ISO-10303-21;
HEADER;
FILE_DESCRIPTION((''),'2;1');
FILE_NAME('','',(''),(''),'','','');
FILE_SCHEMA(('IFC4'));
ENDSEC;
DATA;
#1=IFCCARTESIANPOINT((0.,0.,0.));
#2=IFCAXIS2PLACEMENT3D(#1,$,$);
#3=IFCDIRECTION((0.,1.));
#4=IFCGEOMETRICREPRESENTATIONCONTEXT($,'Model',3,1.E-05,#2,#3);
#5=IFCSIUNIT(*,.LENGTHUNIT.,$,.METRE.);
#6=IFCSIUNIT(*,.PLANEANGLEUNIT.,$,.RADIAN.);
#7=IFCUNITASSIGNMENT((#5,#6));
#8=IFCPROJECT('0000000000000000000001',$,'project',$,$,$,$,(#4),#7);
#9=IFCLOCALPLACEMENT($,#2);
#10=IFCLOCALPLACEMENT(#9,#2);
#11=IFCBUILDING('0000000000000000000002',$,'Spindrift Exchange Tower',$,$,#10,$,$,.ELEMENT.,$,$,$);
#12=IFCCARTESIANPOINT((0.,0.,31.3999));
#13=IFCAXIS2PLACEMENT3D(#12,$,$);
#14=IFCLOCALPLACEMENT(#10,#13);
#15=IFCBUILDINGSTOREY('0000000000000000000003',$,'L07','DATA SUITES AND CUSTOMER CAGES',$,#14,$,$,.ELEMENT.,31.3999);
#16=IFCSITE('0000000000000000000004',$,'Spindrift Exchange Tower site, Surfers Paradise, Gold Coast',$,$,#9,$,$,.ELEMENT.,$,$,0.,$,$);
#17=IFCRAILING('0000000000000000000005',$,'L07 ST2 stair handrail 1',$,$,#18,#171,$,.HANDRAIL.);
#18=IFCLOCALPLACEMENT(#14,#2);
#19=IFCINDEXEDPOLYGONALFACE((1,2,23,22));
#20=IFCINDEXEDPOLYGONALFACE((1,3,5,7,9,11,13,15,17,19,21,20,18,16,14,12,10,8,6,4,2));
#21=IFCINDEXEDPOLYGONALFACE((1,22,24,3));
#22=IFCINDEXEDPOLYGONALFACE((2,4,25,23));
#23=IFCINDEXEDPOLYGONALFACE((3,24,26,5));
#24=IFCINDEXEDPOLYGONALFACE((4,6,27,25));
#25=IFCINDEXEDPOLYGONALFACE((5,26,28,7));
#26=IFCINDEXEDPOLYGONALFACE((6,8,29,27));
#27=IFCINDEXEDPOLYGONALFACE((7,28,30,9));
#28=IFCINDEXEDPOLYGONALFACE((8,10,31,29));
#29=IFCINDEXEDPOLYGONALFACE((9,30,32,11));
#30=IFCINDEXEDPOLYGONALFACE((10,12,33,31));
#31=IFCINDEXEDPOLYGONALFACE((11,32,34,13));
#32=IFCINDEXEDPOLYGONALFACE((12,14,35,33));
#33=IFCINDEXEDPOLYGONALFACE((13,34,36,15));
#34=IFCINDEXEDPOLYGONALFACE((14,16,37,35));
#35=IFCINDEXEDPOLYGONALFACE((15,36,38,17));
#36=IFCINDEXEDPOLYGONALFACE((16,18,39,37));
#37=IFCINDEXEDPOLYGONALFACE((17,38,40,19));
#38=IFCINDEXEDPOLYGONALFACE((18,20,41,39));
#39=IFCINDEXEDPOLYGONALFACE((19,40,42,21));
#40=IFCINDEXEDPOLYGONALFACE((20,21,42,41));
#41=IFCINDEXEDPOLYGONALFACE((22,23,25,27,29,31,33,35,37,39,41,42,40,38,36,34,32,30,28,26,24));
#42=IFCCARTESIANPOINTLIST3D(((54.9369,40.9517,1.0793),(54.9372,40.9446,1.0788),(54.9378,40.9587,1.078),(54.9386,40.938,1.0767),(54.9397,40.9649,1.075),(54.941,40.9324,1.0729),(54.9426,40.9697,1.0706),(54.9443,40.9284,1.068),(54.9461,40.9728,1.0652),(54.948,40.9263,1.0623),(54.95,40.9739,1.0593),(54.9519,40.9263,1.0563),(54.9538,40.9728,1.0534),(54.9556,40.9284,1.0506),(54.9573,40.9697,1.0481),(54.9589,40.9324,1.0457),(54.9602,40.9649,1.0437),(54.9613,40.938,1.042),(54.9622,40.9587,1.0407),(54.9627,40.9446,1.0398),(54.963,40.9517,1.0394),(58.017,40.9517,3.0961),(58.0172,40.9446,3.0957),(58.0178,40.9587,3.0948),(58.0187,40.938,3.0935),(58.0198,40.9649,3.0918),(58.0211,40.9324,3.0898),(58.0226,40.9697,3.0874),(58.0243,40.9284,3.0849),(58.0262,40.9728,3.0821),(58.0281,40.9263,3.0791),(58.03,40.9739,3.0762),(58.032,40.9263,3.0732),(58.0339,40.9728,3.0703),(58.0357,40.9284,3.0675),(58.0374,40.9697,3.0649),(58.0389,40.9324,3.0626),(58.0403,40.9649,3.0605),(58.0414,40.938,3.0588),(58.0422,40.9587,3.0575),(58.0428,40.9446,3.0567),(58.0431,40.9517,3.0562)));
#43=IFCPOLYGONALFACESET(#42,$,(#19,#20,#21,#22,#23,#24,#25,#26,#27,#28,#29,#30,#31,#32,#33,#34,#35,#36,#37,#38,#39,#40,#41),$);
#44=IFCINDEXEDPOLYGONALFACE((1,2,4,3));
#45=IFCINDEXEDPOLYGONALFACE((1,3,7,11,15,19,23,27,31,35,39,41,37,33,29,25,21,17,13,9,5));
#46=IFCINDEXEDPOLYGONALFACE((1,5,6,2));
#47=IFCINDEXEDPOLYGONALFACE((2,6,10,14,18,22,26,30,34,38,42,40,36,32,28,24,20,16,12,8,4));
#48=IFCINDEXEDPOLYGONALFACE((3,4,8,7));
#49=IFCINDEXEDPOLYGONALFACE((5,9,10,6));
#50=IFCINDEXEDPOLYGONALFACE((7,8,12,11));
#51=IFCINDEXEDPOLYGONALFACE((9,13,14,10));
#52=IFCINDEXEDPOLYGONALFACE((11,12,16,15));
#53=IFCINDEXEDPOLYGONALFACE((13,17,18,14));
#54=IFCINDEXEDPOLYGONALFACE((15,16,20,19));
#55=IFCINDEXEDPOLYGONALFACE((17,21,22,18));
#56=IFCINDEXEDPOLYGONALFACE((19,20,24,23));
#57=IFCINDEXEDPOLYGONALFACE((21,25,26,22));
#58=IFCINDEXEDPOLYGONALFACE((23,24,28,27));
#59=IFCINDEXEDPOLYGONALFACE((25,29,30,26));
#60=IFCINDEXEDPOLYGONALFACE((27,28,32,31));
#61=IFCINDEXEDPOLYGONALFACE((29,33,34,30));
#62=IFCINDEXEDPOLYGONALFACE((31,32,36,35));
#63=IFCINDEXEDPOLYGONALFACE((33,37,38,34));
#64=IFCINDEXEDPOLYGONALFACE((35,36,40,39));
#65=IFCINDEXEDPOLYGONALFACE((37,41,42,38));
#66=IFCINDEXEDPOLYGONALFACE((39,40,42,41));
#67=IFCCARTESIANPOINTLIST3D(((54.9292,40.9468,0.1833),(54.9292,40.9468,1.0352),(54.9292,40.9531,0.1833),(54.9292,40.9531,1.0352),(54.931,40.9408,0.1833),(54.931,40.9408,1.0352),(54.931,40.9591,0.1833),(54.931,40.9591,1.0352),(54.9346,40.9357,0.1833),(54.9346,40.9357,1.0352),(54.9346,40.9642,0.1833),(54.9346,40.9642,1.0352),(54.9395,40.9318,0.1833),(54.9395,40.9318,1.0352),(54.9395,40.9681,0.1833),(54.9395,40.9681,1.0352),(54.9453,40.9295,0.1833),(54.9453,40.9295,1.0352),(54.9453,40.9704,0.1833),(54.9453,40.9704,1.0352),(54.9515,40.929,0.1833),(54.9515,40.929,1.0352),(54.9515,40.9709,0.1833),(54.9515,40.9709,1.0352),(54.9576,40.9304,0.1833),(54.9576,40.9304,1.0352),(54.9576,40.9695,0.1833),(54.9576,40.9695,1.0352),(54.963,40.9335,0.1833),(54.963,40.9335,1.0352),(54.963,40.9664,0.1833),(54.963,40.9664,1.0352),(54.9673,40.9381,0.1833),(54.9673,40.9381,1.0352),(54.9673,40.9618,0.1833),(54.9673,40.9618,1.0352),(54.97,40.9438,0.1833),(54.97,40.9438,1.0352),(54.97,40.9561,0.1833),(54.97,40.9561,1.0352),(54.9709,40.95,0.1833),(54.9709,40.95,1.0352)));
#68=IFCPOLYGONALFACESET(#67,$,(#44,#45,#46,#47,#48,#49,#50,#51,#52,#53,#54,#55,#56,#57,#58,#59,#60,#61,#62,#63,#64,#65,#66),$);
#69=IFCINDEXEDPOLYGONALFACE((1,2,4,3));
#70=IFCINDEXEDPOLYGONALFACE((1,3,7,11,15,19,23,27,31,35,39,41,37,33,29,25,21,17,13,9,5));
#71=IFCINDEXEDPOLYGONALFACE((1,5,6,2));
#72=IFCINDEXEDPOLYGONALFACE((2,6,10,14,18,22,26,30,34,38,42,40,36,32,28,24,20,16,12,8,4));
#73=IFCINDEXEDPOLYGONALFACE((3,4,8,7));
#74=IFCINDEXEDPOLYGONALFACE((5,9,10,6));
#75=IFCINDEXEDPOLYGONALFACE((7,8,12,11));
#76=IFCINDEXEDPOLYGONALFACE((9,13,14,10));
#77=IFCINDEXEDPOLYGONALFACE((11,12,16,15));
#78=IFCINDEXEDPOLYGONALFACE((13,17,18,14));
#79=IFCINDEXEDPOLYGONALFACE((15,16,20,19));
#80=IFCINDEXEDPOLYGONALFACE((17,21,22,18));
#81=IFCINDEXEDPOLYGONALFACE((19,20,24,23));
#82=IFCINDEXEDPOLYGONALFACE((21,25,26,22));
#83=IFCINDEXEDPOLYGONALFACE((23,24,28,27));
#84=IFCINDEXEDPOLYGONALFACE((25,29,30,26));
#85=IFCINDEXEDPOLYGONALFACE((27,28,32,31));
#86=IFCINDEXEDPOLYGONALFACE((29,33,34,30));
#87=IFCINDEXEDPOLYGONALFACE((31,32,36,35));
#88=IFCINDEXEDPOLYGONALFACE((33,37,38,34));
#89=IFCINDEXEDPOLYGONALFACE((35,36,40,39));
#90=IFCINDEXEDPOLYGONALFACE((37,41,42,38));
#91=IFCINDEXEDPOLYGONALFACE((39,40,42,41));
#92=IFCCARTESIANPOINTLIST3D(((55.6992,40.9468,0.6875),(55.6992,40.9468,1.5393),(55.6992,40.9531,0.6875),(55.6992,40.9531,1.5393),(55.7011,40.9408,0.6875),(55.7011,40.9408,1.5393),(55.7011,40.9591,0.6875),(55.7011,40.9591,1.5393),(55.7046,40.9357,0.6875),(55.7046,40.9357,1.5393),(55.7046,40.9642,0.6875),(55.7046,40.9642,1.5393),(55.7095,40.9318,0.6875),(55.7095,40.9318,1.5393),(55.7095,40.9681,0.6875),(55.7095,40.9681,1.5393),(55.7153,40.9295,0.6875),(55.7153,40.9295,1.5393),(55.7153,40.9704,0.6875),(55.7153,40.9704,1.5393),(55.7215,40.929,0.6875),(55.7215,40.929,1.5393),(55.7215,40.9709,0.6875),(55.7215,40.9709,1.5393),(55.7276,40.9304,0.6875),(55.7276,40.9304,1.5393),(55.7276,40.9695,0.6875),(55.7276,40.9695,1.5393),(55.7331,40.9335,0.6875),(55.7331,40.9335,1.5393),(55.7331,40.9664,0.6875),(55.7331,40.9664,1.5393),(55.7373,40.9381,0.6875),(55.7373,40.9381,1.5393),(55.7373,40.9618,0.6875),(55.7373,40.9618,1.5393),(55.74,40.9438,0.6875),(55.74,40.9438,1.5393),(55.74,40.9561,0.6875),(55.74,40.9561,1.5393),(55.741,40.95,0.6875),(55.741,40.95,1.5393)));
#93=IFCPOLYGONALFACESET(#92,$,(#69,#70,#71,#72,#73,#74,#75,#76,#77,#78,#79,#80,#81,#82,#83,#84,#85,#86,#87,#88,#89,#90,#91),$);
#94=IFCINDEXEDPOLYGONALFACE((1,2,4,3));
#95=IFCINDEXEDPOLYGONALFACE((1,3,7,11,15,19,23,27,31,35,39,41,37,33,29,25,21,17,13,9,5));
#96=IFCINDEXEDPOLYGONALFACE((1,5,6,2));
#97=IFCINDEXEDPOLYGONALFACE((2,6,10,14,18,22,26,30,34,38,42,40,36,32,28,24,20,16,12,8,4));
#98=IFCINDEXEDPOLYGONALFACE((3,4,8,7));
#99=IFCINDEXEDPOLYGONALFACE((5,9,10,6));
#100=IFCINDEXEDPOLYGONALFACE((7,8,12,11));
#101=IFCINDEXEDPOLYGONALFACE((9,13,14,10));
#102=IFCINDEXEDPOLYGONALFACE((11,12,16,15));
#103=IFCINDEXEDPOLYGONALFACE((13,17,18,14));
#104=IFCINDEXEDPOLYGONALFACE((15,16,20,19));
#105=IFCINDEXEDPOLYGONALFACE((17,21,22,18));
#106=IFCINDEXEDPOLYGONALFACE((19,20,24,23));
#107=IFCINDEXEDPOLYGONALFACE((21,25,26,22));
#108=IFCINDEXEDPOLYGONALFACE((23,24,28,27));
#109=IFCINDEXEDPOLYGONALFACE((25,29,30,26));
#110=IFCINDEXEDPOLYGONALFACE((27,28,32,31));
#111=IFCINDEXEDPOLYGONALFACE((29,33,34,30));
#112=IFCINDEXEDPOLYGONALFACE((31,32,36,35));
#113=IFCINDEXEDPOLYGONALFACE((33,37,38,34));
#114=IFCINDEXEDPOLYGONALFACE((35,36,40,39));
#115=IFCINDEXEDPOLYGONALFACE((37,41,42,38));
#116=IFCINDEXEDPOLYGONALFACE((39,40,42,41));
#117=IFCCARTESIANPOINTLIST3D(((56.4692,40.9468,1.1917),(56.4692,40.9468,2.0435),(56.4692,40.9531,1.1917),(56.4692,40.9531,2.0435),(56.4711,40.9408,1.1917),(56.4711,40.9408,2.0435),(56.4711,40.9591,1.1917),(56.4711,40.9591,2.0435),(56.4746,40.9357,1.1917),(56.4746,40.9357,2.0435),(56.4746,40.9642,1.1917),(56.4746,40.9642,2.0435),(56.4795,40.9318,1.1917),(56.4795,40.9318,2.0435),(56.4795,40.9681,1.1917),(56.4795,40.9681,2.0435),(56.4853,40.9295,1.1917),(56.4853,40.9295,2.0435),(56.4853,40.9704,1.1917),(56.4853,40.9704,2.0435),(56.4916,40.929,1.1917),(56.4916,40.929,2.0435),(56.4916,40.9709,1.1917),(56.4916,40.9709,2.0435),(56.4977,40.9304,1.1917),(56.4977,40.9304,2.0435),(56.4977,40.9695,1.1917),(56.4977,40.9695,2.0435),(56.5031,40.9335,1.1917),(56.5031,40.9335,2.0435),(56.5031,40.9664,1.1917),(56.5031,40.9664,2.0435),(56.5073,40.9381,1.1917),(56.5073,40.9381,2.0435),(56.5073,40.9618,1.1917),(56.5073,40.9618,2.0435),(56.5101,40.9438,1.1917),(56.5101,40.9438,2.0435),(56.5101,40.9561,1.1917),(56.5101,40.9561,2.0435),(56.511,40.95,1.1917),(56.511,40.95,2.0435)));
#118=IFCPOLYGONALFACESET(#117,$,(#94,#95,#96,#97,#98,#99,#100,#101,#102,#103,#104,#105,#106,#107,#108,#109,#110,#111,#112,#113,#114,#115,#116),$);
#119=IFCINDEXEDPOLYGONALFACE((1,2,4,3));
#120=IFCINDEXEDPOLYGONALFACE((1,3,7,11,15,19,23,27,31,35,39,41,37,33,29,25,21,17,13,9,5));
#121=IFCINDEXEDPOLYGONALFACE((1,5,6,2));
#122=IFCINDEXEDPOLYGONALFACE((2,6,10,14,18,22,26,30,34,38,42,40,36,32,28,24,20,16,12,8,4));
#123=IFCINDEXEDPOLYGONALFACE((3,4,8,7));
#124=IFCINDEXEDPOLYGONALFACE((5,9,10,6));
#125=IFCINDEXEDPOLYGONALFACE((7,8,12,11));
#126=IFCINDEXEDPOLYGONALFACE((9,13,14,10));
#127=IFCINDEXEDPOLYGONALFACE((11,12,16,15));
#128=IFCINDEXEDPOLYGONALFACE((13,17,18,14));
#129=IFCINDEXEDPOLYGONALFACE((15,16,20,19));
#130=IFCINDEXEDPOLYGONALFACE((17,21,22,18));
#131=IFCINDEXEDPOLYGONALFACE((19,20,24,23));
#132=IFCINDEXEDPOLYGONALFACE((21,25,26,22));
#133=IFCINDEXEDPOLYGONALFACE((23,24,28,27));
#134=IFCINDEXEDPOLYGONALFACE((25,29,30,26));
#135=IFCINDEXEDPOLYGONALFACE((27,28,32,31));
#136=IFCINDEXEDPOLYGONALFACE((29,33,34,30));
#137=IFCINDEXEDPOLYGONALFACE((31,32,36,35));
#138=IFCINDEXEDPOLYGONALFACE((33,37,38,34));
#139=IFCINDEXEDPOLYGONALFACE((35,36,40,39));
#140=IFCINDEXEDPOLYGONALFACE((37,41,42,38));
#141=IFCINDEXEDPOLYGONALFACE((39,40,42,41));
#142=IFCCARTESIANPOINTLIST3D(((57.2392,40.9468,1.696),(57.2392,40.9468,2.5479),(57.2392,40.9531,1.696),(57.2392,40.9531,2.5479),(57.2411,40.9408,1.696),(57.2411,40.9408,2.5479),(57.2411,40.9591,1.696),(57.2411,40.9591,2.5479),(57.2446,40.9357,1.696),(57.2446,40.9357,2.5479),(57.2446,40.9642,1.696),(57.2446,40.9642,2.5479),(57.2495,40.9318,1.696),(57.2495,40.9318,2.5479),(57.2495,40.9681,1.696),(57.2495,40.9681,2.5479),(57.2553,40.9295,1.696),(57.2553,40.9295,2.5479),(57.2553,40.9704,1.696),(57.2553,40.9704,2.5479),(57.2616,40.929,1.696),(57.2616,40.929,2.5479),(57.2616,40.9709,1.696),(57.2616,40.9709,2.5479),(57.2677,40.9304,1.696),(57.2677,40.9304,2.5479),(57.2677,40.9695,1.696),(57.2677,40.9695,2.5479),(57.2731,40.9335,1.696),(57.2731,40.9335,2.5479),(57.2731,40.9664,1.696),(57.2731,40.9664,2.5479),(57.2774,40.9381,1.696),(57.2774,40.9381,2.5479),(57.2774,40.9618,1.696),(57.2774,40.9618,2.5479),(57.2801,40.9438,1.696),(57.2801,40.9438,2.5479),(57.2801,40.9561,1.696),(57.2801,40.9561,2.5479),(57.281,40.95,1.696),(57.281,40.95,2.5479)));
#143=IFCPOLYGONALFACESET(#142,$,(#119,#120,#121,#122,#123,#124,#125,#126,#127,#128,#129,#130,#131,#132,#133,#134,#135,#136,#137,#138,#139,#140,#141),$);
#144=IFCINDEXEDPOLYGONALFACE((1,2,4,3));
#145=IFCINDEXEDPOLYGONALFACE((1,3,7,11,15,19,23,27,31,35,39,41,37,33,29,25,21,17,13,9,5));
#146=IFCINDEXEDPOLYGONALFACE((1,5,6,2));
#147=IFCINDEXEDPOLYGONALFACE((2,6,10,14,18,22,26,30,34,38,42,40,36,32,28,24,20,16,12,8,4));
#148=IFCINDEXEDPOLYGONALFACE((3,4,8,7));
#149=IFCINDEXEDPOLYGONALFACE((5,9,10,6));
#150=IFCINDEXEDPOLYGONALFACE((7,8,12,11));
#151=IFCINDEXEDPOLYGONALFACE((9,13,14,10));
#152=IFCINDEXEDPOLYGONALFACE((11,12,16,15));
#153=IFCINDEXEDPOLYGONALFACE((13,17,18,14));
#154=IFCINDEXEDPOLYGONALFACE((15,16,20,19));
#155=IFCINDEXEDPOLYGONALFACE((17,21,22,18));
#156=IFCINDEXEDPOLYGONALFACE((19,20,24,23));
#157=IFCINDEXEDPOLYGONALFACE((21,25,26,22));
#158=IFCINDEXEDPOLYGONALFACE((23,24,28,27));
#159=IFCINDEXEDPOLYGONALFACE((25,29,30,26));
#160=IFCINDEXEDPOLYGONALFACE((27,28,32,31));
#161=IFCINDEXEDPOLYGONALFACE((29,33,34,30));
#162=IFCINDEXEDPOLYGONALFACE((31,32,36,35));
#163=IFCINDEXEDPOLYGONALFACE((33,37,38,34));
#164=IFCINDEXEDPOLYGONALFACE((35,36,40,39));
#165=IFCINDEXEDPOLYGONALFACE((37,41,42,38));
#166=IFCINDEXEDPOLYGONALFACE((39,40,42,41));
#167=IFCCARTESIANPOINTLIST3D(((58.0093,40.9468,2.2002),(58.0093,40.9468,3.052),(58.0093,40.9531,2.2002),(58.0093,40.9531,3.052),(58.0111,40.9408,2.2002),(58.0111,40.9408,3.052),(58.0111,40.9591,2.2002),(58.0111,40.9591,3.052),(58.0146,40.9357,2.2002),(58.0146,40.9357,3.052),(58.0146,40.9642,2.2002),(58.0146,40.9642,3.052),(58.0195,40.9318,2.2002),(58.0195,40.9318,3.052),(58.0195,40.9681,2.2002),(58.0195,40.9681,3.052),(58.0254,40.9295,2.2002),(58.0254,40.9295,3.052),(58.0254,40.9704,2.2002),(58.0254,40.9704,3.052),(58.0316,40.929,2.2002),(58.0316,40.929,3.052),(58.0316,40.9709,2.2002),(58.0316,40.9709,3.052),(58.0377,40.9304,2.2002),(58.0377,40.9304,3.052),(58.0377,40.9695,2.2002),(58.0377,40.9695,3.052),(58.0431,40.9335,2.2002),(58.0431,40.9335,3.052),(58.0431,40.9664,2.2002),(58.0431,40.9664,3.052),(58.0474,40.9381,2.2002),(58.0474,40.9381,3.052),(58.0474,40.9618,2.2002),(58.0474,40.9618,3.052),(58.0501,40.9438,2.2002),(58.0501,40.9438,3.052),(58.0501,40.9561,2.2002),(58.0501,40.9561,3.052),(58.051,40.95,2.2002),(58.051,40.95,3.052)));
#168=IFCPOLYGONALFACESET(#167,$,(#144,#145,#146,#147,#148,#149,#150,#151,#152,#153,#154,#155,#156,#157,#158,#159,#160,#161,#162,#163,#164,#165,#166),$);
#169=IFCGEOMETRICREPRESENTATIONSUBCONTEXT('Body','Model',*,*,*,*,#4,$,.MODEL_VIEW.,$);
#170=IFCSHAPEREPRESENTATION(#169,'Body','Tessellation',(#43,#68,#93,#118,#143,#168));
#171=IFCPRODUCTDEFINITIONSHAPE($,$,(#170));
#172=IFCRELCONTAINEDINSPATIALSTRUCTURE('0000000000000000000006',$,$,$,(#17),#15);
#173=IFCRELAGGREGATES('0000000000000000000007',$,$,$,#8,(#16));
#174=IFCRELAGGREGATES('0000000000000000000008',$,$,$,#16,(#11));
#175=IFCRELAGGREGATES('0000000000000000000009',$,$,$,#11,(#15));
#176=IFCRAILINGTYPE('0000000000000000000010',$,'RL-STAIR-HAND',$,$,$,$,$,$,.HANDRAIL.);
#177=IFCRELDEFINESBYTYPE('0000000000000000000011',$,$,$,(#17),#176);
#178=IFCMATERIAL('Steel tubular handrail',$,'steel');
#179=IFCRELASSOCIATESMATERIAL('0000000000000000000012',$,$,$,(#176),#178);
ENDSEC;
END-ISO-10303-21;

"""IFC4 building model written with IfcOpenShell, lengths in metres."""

from ifc_helpers import new_model, si_unit, direction, frame, origin, origin_2d, place, context, subcontext, project, spatial, circle, extrude, material, type_object, element, save


model = new_model("IFC4")

# Units and contexts
model_context = context("Model", 3, precision=1e-05, world=origin(), true_north=direction((0.0, 1.0)))
body_context = subcontext(model_context, "Body", "Model", "MODEL_VIEW")
ifc_project = project(units=[si_unit("LENGTHUNIT", "METRE"), si_unit("PLANEANGLEUNIT", "RADIAN")], contexts=[model_context])

# Site, building, storey
site_placement = place(None, origin())
site = spatial("IfcSite", under=ifc_project, at=site_placement, Name="Spindrift Exchange Tower site, Surfers Paradise, Gold Coast", CompositionType="ELEMENT", RefElevation=0.0)
building_placement = place(site_placement, origin())
building = spatial("IfcBuilding", under=site, at=building_placement, Name="Spindrift Exchange Tower", CompositionType="ELEMENT")
storey_placement = place(building_placement, frame((0.0, 0.0, 31.3999)))
storey = spatial("IfcBuildingStorey", under=building, at=storey_placement, Name="L07", Description="DATA SUITES AND CUSTOMER CAGES", CompositionType="ELEMENT", Elevation=31.3999)

# Railing
ifc_material_1 = material(Name="Steel tubular handrail", Category="steel")
railing_type_1 = type_object("IfcRailingType", Name="RL-STAIR-HAND", PredefinedType="HANDRAIL", material=ifc_material_1)
railing_1_placement = place(storey_placement, frame((54.95, 40.95, 0.1833)))
element("IfcRailing", 1, at=railing_1_placement, inside=storey, type_object=railing_type_1, Name="L07 ST2 stair handrail 1", PredefinedType="HANDRAIL", context=body_context, shape_type="SweptSolid", body=[
    extrude(circle(Radius=0.0239, at=origin_2d()), frame((0.0, 0.0, 0.876), z_axis=(0.836603, 0.0, 0.54781), x_axis=(0.0, 1.0, 0.0)), (0.0, 0.0, 1.0), 3.6816),
    extrude(circle(Radius=0.021, at=origin_2d()), origin(), (0.0, 0.0, 1.0), 0.8518),
    extrude(circle(Radius=0.021, at=origin_2d()), frame((0.77, 0.0, 0.5042)), (0.0, 0.0, 1.0), 0.8518),
    extrude(circle(Radius=0.021, at=origin_2d()), frame((1.54, 0.0, 1.0083)), (0.0, 0.0, 1.0), 0.8518),
    extrude(circle(Radius=0.021, at=origin_2d()), frame((2.3101, 0.0, 1.5127)), (0.0, 0.0, 1.0), 0.8518),
    extrude(circle(Radius=0.021, at=origin_2d()), frame((3.0801, 0.0, 2.0168)), (0.0, 0.0, 1.0), 0.8518),
])

save(model, "model.ifc")
